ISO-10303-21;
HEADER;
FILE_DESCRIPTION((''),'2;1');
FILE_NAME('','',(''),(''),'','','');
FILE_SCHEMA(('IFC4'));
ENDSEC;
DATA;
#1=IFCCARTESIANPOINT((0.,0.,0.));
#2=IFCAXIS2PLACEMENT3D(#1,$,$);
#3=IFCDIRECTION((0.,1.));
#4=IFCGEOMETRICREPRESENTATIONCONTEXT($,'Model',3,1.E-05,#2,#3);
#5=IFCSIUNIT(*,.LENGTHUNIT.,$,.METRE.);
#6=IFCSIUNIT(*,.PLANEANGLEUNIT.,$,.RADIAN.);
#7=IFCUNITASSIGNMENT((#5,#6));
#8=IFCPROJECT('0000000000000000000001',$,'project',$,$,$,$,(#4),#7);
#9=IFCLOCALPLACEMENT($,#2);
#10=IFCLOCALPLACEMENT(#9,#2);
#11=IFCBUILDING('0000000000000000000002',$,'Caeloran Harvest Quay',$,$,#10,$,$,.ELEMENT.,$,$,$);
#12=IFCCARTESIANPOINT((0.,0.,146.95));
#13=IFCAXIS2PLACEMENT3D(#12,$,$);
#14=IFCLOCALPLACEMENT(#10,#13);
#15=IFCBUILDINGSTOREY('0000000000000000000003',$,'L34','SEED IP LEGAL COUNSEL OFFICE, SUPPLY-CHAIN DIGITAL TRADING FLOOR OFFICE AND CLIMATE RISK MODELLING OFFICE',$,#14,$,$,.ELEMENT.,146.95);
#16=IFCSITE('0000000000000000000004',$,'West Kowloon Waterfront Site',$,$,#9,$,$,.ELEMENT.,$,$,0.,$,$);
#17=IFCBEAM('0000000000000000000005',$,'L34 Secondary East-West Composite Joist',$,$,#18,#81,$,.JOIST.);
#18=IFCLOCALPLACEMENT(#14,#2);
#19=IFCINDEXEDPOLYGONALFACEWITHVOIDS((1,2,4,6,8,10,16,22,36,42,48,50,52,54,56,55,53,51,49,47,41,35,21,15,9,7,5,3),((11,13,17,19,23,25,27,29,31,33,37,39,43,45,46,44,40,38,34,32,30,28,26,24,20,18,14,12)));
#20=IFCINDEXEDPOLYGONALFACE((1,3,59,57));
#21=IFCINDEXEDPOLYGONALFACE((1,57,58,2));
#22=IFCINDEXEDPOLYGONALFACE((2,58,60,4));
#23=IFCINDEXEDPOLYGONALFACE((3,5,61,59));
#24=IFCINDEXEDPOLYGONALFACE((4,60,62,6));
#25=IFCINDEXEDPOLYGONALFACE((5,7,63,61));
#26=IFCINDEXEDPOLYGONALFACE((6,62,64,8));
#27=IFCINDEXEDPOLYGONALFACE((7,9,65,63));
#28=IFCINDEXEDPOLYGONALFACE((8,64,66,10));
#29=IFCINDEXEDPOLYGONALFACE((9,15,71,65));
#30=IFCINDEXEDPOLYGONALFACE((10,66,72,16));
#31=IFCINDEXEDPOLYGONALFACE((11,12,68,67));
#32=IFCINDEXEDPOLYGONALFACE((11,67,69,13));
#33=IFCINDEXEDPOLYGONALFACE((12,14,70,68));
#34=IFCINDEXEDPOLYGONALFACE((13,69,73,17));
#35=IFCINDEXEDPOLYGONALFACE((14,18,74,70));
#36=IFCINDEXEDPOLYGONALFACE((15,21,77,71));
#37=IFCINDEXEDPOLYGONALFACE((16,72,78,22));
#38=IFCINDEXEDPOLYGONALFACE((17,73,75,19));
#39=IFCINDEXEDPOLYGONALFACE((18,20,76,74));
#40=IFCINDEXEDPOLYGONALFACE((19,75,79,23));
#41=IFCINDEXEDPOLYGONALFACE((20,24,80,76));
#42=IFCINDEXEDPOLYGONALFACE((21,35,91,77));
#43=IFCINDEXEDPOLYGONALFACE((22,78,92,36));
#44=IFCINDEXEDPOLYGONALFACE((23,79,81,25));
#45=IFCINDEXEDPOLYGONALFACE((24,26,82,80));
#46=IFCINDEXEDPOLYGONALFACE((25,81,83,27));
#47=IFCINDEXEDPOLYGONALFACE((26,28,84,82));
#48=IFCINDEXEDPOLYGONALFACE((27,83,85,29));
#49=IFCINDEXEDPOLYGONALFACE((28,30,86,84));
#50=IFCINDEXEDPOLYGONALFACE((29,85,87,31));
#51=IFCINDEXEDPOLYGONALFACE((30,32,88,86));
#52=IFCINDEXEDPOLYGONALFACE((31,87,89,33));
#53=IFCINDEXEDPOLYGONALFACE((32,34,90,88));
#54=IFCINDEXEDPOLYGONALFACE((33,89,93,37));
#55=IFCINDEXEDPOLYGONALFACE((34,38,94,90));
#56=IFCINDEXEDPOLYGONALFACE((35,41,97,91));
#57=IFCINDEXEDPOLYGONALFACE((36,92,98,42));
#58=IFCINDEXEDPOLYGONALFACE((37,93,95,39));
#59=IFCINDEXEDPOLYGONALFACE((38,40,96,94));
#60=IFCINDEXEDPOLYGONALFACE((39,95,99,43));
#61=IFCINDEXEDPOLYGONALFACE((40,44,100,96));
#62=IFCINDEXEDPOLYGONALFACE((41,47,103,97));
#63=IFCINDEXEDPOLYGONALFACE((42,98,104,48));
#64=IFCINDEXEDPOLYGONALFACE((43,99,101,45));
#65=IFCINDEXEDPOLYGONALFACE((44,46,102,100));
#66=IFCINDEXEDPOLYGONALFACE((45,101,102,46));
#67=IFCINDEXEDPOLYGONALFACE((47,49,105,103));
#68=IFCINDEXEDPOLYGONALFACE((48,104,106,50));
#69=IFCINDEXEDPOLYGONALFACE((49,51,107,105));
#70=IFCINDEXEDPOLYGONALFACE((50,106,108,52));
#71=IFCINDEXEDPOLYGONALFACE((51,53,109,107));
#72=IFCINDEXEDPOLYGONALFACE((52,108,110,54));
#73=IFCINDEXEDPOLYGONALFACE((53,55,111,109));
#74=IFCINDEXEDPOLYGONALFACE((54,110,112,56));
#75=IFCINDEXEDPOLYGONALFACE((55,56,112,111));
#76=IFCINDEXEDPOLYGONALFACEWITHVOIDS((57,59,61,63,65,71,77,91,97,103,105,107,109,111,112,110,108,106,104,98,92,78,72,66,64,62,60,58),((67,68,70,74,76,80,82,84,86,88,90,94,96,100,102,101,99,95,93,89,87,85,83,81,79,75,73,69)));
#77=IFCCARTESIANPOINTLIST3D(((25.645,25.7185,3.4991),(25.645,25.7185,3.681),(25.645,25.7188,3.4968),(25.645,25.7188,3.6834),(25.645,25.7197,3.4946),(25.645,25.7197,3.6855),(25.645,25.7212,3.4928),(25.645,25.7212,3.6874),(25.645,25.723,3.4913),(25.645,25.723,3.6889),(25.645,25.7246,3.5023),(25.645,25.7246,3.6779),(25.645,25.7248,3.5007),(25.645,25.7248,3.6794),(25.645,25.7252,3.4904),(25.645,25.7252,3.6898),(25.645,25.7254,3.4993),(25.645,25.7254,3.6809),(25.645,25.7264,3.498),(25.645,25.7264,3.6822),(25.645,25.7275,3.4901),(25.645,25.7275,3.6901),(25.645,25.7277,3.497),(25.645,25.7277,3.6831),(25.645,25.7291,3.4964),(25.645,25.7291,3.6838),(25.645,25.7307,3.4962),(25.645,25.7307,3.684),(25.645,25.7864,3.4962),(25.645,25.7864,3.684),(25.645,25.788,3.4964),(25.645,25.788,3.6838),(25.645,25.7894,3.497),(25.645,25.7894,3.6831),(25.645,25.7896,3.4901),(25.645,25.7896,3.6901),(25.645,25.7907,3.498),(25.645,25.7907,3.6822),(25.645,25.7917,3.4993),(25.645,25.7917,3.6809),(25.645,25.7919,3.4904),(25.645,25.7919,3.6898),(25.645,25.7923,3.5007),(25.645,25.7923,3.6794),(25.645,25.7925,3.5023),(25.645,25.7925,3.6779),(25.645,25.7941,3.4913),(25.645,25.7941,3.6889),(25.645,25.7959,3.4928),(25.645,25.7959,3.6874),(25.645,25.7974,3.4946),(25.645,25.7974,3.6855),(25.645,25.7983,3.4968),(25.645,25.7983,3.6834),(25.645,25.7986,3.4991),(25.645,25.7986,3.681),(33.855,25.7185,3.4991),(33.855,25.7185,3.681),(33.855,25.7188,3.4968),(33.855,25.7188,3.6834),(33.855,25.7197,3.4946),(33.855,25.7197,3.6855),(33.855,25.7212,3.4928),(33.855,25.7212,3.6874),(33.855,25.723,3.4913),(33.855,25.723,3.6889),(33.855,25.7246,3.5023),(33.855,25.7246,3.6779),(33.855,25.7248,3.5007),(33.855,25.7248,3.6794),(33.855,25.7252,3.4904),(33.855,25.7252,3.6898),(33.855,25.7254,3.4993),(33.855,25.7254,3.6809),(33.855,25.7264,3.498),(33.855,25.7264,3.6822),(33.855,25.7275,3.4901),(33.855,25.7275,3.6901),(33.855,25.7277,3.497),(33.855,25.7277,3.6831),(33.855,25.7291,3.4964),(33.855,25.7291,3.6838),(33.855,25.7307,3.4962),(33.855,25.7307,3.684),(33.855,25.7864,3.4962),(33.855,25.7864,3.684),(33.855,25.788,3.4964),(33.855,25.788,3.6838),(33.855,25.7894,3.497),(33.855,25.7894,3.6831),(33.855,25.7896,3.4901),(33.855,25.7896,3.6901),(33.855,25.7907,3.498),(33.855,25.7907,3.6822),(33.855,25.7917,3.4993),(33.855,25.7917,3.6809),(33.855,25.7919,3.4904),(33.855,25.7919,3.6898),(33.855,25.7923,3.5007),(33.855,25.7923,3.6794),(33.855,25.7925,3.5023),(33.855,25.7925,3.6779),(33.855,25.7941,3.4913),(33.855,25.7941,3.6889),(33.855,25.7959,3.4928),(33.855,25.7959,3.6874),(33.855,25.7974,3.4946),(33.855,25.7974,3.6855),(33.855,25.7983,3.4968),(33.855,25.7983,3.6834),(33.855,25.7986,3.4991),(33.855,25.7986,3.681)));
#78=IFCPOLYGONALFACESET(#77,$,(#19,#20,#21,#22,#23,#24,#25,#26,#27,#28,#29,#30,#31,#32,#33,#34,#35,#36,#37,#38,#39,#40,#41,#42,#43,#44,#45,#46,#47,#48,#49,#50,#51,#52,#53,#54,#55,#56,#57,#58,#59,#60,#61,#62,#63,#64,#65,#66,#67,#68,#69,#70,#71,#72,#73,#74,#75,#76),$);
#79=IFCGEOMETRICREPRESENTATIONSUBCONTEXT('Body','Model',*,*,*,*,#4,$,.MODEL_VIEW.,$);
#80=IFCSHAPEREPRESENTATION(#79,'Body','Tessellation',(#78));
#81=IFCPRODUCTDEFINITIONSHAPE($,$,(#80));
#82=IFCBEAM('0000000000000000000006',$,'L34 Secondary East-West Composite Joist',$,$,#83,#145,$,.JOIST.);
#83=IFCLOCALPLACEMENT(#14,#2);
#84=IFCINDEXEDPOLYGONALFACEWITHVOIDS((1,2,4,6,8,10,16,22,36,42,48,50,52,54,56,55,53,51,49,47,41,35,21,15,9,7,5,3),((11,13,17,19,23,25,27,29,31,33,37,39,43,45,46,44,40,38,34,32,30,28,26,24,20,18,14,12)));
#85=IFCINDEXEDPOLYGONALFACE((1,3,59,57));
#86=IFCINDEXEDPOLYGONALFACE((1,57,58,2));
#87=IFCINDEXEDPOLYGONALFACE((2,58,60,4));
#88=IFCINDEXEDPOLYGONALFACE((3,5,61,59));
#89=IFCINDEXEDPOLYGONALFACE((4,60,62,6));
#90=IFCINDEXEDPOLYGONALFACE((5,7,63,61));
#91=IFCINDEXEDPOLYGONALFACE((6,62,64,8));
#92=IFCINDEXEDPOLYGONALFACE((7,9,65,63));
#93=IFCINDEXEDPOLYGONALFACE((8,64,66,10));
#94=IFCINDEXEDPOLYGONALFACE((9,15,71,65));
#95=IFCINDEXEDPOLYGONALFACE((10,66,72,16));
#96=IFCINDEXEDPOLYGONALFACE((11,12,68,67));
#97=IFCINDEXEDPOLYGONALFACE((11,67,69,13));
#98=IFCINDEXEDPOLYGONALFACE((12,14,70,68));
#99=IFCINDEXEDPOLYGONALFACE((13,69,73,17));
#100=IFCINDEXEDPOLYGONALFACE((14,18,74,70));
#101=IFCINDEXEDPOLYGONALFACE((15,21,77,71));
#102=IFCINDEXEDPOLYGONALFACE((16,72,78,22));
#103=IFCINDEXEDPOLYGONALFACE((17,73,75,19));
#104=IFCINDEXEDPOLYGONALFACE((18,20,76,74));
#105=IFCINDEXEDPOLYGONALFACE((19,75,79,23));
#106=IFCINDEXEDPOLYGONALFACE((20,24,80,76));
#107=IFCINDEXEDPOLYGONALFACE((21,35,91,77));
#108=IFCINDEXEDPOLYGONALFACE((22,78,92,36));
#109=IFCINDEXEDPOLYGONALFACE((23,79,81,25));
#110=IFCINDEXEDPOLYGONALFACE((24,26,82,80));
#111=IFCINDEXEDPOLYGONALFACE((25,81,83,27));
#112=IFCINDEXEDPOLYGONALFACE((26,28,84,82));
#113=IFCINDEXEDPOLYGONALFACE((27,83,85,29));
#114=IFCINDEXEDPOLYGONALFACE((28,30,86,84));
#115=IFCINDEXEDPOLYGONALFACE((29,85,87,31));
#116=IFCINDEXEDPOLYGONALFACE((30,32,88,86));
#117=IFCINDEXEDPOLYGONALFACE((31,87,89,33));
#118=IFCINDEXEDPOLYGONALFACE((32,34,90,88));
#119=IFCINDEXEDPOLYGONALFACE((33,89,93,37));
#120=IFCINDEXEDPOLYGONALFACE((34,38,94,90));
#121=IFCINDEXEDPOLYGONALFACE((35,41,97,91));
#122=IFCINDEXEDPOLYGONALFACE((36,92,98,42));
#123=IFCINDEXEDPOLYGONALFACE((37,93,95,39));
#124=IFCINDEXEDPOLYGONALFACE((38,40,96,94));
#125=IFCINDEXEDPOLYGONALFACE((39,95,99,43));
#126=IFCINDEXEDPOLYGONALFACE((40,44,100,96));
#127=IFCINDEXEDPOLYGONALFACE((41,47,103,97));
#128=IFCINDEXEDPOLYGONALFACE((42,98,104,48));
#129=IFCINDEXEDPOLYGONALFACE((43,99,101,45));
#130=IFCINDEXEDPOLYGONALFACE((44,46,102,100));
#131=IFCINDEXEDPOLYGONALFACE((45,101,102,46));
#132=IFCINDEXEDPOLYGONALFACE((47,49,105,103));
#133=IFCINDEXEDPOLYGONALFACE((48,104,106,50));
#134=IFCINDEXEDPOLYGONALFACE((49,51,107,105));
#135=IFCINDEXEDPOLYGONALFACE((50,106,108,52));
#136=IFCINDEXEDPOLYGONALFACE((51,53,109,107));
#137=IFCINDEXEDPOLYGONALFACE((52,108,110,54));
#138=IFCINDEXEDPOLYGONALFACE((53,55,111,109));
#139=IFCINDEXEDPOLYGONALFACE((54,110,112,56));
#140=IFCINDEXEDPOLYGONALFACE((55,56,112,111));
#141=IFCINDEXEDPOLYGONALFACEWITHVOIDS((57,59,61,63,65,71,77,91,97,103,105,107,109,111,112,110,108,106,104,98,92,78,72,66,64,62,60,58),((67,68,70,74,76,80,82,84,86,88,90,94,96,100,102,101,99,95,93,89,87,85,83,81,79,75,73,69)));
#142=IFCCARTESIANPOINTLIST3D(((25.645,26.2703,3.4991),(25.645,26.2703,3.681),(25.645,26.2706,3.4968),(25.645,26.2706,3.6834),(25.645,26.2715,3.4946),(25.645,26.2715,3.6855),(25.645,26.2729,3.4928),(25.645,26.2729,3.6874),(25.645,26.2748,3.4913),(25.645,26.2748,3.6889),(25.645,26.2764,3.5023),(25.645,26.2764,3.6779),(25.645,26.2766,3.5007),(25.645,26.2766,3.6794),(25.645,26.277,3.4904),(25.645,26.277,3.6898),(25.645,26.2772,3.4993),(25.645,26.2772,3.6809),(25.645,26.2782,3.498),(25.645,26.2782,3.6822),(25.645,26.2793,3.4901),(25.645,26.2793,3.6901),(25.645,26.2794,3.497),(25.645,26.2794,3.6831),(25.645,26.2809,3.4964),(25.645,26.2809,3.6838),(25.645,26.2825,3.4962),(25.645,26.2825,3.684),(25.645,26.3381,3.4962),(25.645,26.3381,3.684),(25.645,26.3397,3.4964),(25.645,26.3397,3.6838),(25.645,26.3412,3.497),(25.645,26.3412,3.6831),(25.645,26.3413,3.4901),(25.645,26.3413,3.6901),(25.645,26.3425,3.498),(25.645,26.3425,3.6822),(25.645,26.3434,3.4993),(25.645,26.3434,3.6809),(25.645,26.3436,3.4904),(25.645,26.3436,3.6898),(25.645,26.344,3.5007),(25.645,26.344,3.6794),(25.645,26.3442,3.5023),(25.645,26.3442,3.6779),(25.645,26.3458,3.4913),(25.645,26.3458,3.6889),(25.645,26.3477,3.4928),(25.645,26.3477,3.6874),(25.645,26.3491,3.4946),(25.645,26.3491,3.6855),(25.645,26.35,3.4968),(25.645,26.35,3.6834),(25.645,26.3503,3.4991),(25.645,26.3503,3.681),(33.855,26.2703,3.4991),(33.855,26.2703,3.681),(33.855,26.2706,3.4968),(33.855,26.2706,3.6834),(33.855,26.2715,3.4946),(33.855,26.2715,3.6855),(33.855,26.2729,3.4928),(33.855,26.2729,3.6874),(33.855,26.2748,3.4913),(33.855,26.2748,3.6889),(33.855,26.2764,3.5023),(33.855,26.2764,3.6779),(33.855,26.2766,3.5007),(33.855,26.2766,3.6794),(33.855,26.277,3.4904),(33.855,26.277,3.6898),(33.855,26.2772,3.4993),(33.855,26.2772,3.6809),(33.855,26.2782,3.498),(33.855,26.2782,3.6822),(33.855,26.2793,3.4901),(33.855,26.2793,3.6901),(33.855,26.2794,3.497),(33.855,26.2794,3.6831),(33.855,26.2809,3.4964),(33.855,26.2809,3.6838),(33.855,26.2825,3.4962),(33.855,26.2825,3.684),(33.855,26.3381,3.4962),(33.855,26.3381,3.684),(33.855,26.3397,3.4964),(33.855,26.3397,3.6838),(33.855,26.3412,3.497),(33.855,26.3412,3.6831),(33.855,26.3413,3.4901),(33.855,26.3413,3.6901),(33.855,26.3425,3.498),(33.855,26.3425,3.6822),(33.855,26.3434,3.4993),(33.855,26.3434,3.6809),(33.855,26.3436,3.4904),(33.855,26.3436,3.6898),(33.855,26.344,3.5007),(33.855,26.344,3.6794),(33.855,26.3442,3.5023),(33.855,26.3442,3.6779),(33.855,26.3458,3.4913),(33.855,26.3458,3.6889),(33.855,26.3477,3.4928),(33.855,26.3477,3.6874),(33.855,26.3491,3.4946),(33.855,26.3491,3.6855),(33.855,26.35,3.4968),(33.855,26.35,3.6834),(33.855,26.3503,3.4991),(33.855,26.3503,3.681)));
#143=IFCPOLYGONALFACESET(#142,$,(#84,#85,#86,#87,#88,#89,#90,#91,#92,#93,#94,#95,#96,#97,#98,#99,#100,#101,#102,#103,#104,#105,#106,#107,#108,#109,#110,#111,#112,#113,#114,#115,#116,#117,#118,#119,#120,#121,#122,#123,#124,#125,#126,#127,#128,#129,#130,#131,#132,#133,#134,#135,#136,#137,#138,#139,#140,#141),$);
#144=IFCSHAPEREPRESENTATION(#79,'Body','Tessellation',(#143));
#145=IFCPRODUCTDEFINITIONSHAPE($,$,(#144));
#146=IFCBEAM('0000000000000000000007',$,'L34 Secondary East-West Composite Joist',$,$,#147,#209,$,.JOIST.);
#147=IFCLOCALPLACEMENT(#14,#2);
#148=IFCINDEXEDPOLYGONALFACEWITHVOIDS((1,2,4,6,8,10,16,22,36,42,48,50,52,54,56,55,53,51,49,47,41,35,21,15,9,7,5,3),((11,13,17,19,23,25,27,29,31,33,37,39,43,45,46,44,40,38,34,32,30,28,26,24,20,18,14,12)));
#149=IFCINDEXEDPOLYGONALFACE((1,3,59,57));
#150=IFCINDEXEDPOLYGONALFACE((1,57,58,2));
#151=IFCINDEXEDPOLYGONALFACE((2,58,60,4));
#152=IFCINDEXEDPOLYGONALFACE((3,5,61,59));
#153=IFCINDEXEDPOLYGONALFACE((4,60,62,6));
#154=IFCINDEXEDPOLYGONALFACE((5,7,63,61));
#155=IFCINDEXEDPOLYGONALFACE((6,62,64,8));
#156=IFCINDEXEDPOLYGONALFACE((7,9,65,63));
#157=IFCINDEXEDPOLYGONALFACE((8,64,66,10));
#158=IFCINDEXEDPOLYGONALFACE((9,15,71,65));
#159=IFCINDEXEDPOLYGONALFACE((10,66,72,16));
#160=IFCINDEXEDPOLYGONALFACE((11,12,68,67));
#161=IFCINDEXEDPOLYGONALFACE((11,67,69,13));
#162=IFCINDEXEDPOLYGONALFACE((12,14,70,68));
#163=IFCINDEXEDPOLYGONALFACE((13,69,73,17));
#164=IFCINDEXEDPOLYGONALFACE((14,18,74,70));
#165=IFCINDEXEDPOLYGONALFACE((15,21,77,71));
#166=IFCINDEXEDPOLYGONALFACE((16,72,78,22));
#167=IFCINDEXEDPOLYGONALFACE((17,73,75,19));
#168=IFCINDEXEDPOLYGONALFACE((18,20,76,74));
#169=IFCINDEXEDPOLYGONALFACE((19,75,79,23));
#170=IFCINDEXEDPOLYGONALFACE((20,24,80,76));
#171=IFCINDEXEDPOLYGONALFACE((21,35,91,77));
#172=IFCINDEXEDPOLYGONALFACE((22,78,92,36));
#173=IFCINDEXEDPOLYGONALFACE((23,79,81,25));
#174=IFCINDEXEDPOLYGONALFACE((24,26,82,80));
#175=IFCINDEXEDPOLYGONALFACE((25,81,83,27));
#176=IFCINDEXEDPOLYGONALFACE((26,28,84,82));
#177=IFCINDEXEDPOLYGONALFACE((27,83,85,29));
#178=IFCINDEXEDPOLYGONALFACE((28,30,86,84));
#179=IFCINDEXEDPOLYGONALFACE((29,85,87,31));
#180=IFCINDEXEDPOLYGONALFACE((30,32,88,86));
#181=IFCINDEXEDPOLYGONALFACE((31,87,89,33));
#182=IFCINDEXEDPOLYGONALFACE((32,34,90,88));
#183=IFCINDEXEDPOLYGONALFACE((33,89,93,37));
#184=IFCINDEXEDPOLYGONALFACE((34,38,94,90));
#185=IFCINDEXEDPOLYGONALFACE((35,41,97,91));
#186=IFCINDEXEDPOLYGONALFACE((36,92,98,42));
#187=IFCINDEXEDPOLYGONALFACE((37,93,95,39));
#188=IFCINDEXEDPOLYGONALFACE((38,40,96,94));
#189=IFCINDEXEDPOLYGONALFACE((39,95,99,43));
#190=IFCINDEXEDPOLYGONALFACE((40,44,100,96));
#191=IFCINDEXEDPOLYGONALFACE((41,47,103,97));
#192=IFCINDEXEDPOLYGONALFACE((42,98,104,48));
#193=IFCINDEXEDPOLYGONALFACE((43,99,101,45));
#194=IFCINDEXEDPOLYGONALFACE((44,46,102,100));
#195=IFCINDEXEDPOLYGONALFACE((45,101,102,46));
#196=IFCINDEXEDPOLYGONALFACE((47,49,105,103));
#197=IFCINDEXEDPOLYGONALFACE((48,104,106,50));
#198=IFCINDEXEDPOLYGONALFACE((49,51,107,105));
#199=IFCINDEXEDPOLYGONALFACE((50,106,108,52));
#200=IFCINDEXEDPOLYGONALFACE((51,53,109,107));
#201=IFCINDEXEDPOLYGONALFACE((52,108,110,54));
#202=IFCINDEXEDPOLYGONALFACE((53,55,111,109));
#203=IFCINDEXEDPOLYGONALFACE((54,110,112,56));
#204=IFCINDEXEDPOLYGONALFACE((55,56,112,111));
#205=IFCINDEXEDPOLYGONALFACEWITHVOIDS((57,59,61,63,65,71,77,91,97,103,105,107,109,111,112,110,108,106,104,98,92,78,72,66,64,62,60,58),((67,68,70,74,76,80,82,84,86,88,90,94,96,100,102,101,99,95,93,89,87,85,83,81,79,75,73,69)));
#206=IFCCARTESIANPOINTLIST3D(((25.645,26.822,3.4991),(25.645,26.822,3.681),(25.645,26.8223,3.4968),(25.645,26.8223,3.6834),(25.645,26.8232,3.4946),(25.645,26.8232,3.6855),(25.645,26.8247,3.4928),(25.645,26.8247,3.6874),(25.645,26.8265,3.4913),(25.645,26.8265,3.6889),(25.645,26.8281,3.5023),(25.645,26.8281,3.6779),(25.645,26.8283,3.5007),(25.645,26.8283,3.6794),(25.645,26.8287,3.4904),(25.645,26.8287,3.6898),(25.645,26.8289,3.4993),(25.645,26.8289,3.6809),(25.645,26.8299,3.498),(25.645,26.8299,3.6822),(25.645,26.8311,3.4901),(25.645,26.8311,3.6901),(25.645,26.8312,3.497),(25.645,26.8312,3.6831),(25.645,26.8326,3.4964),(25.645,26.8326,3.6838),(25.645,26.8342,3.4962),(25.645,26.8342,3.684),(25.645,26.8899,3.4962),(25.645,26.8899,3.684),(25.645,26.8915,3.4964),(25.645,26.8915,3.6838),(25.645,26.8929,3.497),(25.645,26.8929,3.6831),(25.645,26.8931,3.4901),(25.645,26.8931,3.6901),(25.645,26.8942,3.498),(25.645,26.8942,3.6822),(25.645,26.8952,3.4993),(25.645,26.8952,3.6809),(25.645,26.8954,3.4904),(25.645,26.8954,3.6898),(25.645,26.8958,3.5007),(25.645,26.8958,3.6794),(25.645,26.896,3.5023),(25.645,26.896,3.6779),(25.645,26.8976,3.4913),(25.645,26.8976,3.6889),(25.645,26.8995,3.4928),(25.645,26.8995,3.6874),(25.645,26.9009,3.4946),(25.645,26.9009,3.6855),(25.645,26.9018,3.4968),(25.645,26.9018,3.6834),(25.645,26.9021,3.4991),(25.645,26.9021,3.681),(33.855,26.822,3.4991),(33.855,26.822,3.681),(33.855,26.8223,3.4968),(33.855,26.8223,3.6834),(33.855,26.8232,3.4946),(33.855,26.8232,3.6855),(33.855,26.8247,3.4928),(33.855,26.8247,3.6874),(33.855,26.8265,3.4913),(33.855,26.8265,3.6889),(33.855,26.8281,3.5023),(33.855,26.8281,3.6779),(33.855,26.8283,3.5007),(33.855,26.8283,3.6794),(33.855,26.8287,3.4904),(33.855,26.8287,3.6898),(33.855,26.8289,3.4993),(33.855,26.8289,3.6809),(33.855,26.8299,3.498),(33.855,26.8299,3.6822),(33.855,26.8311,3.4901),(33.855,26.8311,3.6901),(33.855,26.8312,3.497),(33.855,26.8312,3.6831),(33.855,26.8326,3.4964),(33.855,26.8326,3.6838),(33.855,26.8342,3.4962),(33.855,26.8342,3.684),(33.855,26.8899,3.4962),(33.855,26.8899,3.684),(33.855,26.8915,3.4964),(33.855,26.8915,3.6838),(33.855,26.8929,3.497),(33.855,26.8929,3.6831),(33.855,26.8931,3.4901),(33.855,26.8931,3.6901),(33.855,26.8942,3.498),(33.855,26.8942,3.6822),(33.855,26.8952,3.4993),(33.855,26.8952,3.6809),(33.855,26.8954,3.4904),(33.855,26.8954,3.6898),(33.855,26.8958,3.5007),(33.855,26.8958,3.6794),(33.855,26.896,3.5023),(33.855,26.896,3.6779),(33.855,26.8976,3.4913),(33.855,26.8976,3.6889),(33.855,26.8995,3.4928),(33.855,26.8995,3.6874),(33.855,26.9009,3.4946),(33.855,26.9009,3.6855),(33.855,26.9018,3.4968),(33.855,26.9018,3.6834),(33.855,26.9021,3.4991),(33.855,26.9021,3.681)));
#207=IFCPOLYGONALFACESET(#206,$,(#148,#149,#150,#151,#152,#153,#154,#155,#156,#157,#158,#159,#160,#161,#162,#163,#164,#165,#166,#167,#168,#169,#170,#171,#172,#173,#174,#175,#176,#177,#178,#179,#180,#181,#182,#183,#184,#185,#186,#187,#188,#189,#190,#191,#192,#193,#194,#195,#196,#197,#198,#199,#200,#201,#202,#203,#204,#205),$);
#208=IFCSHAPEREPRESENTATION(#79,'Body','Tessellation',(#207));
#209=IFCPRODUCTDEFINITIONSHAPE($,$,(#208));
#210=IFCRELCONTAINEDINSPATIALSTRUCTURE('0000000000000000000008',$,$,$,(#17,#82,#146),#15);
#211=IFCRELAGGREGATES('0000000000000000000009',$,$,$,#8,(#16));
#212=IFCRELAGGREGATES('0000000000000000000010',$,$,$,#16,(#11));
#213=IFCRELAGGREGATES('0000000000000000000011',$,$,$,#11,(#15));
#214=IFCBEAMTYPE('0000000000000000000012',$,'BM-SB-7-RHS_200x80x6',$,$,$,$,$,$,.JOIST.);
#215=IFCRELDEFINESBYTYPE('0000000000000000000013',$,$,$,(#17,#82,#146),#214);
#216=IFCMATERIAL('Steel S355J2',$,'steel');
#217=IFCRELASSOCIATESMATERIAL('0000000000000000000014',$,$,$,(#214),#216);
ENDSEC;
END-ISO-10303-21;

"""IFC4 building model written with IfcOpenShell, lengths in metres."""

from ifc_helpers import new_model, si_unit, direction, frame, origin, origin_2d, place, context, subcontext, project, spatial, hollow_rectangle, extrude, material, material_profile, profile_set, type_object, element, save


model = new_model("IFC4")

# Units and contexts
model_context = context("Model", 3, precision=1e-05, world=origin(), true_north=direction((0.0, 1.0)))
body_context = subcontext(model_context, "Body", "Model", "MODEL_VIEW")
ifc_project = project(units=[si_unit("LENGTHUNIT", "METRE"), si_unit("PLANEANGLEUNIT", "RADIAN")], contexts=[model_context])

# Site, building, storey
site_placement = place(None, origin())
site = spatial("IfcSite", under=ifc_project, at=site_placement, Name="West Kowloon Waterfront Site", CompositionType="ELEMENT", RefElevation=0.0)
building_placement = place(site_placement, origin())
building = spatial("IfcBuilding", under=site, at=building_placement, Name="Caeloran Harvest Quay", CompositionType="ELEMENT")
storey_placement = place(building_placement, frame((0.0, 0.0, 146.95)))
storey = spatial("IfcBuildingStorey", under=building, at=storey_placement, Name="L34", Description="SEED IP LEGAL COUNSEL OFFICE, SUPPLY-CHAIN DIGITAL TRADING FLOOR OFFICE AND CLIMATE RISK MODELLING OFFICE", CompositionType="ELEMENT", Elevation=146.95)

# Beams
ifc_material_1 = material(Name="Steel S355J2", Category="steel")
ifc_material_profile_1 = material_profile(ifc_material_1, hollow_rectangle(XDim=0.0801, YDim=0.2, WallThickness=0.0061, InnerFilletRadius=0.0061, OuterFilletRadius=0.009, at=origin_2d()), Name="RHS 200x80x6")
ifc_profile_set_1 = profile_set([ifc_material_profile_1], Name="Steel S355J2")
beam_type_1 = type_object("IfcBeamType", Name="BM-SB-7-RHS_200x80x6", PredefinedType="JOIST", material=ifc_profile_set_1)
for number, where, z_axis, x_axis, name in (
    (1, (25.645, 25.7585, 3.5901), (1.0, 0.0, 0.0), (0.0, 1.0, 0.0), "L34 Secondary East-West Composite Joist"),
    (2, (25.645, 26.3103, 3.5901), (1.0, 0.0, 0.0), (0.0, 1.0, 0.0), "L34 Secondary East-West Composite Joist"),
    (3, (25.645, 26.8621, 3.5901), (1.0, 0.0, 0.0), (0.0, 1.0, 0.0), "L34 Secondary East-West Composite Joist"),
):
    element("IfcBeam", number, at=place(storey_placement, frame(where, z_axis=z_axis, x_axis=x_axis)), inside=storey, type_object=beam_type_1, Name=name, PredefinedType="JOIST", context=body_context, shape_type="SweptSolid", body=[
        extrude(hollow_rectangle(XDim=0.0801, YDim=0.2, WallThickness=0.0061, InnerFilletRadius=0.0061, OuterFilletRadius=0.009, at=origin_2d()), origin(), (0.0, 0.0, 1.0), 8.21),
    ])

save(model, "model.ifc")
